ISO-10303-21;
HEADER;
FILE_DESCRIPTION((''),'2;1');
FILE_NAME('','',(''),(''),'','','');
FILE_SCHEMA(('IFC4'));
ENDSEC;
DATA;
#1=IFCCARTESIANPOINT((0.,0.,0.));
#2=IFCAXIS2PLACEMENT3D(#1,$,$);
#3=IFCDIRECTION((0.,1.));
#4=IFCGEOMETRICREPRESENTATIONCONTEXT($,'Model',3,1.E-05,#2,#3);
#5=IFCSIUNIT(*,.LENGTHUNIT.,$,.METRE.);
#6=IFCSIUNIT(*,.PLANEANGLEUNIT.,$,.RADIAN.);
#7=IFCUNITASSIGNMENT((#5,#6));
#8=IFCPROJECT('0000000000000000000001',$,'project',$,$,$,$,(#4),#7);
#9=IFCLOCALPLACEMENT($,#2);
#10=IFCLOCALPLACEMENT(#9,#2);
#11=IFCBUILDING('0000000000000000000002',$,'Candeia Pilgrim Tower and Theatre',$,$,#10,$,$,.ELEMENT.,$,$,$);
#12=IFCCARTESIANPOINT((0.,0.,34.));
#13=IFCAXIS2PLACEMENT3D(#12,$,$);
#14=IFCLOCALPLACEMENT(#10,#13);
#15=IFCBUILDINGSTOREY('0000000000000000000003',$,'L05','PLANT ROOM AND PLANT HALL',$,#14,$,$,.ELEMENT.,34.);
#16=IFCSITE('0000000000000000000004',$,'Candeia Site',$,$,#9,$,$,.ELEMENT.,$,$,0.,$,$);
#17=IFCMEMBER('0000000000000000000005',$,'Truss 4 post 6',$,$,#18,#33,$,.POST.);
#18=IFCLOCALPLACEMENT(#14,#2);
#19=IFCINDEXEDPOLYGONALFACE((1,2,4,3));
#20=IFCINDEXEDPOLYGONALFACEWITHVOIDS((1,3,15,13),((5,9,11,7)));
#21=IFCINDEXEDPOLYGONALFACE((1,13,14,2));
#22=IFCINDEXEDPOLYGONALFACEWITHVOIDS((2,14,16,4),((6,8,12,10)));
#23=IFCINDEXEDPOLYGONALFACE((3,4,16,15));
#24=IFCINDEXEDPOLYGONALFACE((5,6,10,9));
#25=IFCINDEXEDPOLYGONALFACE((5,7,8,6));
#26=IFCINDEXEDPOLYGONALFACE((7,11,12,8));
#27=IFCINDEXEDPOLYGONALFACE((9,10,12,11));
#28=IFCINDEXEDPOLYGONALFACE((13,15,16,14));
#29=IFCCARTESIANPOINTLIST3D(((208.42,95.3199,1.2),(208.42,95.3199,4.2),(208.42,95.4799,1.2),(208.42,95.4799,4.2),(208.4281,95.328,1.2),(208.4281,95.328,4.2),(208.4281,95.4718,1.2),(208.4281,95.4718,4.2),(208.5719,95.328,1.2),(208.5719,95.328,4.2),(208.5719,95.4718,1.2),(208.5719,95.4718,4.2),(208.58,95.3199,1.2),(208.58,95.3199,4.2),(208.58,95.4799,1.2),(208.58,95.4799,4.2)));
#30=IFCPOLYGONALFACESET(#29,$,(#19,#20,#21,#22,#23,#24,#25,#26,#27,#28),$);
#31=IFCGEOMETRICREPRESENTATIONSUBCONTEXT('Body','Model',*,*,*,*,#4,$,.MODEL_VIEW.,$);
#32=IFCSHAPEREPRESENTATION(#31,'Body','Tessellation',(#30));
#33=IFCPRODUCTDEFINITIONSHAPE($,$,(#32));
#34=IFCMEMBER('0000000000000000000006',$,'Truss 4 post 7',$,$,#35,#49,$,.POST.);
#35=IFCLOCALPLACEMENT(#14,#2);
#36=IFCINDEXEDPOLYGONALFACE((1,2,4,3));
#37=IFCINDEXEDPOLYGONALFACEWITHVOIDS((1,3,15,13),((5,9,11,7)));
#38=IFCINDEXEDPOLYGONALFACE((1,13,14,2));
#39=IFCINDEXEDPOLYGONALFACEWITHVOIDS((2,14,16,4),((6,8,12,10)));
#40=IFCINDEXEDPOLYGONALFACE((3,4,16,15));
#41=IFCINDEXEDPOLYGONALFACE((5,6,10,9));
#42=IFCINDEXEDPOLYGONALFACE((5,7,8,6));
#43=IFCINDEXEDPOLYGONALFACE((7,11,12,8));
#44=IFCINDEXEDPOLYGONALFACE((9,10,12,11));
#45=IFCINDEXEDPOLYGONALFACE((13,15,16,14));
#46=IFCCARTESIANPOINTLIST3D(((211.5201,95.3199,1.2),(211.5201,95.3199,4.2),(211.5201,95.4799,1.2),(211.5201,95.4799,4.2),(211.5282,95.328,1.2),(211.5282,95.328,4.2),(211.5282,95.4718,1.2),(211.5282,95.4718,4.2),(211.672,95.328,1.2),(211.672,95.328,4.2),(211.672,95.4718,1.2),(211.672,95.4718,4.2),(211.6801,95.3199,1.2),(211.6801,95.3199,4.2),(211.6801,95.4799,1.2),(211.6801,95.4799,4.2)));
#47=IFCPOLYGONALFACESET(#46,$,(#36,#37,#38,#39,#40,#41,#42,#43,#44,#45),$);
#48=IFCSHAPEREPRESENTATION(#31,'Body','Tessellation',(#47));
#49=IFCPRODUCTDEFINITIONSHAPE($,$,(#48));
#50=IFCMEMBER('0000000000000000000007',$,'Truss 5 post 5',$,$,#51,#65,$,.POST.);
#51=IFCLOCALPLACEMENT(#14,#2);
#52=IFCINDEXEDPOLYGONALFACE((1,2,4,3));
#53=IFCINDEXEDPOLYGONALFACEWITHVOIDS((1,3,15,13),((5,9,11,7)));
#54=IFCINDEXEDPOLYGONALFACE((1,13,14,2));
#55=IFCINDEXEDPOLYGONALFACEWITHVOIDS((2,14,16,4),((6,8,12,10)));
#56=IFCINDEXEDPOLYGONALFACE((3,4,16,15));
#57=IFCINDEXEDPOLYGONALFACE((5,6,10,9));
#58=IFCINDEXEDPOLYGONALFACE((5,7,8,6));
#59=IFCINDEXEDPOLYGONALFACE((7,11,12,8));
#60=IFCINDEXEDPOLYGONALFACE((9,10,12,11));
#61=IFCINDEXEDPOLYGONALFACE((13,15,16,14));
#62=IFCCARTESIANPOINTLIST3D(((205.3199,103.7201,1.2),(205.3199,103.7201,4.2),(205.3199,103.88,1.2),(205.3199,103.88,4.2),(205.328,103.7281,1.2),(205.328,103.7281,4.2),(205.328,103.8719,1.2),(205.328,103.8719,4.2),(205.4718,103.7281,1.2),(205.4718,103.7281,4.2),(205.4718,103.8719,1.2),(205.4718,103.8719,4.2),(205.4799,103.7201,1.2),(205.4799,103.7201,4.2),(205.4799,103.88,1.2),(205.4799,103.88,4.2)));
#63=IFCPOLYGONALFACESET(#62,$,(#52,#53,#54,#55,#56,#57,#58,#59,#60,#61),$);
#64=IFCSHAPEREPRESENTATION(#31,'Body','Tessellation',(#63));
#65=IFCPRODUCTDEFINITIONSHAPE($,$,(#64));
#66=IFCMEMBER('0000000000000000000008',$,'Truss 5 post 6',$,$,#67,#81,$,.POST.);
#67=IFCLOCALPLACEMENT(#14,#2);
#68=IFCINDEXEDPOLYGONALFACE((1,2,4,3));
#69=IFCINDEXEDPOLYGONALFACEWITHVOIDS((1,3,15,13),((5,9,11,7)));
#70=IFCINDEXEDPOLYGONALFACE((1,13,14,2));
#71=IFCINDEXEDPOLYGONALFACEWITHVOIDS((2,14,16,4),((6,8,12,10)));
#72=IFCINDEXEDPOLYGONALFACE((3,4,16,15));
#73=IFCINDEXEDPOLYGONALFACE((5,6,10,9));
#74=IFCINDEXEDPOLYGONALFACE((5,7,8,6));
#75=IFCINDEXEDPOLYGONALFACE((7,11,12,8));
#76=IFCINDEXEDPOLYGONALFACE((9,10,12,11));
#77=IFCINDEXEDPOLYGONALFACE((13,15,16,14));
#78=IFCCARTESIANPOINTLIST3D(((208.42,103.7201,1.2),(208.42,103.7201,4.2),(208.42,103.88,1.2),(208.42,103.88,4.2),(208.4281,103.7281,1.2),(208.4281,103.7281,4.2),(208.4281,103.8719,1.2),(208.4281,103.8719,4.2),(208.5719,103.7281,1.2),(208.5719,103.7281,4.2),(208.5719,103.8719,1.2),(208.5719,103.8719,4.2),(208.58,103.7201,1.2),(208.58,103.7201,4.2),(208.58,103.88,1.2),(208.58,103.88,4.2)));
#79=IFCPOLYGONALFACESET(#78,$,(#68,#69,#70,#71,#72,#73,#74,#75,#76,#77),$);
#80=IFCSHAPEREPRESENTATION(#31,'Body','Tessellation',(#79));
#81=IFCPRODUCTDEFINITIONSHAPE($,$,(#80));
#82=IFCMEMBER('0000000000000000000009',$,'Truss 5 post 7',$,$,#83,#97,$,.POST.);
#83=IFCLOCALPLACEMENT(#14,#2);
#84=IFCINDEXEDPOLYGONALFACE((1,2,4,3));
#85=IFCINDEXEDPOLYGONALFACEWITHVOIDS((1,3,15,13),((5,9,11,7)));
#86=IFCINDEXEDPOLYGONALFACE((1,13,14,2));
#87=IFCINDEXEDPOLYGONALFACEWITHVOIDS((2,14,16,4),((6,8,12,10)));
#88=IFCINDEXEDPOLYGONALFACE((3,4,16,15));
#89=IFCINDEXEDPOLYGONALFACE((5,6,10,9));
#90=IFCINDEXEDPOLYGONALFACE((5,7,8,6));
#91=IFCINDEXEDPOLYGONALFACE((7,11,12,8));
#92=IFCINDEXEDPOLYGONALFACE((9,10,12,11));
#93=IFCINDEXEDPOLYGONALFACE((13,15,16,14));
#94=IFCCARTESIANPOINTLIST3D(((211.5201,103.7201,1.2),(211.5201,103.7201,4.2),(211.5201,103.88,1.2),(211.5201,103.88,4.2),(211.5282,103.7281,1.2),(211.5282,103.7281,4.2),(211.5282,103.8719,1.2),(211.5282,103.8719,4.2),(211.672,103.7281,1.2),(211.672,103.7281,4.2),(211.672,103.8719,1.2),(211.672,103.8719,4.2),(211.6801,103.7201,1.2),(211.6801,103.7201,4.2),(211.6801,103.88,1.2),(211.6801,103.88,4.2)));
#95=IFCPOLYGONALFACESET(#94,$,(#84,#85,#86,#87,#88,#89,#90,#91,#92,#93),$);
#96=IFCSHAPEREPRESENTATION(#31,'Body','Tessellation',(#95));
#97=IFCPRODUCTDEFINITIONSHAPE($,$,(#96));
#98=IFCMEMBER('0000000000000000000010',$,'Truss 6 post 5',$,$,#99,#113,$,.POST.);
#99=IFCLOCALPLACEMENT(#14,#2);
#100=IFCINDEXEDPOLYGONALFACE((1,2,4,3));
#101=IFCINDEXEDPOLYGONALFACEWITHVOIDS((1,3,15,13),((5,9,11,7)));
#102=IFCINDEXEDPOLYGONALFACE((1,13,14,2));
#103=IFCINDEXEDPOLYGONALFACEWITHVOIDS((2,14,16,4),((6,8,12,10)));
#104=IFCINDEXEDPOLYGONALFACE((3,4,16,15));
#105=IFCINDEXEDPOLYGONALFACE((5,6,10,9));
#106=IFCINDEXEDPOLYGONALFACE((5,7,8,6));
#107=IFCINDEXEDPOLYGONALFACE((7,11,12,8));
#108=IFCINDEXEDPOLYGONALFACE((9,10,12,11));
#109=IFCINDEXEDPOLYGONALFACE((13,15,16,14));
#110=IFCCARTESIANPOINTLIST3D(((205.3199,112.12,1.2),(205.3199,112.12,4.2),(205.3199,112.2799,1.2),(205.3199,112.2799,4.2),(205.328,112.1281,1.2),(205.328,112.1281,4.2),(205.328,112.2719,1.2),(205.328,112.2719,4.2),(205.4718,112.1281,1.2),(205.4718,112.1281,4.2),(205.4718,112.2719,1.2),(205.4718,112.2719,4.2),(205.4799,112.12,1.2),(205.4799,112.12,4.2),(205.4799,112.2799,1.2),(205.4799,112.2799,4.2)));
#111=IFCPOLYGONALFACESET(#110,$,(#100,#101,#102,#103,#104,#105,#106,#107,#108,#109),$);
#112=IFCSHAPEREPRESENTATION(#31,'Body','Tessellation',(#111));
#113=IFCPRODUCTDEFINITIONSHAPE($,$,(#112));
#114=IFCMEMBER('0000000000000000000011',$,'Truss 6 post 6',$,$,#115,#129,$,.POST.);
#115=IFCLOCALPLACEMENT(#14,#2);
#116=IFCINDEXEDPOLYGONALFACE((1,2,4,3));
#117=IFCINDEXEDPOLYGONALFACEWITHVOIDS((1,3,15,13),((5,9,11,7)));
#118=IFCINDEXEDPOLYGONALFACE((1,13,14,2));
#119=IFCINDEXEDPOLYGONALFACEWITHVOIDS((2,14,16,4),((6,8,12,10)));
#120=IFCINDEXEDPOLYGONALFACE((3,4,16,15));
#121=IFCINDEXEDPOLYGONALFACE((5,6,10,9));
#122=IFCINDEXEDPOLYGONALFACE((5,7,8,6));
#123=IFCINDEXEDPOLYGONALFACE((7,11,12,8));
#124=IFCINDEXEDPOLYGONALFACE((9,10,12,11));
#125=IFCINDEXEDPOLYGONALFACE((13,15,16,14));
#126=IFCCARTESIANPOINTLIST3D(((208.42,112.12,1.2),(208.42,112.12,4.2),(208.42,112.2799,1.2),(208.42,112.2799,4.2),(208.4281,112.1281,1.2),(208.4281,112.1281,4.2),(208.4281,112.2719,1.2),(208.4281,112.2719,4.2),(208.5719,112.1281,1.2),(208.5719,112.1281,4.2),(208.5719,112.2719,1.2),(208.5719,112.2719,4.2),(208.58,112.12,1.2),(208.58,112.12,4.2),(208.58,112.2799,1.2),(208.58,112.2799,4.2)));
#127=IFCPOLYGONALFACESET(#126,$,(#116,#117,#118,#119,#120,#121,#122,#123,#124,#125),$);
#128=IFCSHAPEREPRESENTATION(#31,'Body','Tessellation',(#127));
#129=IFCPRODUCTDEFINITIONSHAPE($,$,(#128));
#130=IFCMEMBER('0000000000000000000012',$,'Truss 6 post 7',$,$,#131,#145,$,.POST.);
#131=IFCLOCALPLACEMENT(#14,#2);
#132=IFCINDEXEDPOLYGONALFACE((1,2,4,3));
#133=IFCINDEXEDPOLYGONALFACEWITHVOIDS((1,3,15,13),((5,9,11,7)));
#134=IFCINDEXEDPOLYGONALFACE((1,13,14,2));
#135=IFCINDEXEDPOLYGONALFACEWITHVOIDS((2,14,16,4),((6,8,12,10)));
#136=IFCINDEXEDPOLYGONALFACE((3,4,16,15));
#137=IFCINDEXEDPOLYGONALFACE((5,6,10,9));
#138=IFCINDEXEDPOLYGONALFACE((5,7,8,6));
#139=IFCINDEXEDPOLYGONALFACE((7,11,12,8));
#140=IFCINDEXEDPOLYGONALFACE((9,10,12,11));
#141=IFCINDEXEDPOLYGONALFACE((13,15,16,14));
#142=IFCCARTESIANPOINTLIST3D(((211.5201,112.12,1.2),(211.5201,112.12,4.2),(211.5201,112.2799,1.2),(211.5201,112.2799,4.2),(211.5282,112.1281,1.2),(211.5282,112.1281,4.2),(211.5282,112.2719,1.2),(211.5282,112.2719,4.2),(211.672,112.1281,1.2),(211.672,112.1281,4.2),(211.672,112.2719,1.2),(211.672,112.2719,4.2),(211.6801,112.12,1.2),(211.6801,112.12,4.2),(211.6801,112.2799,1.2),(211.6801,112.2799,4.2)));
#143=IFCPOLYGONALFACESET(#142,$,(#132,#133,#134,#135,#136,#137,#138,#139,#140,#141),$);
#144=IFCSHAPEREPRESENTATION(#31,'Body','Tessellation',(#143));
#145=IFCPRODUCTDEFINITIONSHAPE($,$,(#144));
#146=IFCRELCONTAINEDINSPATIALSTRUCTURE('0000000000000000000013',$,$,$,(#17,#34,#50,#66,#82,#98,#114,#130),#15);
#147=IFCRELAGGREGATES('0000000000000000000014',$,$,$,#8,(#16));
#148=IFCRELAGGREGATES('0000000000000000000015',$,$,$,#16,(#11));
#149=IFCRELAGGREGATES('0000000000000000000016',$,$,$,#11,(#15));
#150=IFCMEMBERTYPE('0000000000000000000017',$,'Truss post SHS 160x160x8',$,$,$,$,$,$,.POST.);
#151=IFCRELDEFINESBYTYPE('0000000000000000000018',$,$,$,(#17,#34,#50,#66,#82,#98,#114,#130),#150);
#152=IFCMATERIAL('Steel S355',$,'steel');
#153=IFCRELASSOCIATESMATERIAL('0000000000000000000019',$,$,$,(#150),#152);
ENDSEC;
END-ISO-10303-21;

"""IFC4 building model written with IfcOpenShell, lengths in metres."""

from ifc_helpers import new_model, si_unit, direction, frame, origin, origin_2d, place, context, subcontext, project, spatial, hollow_rectangle, extrude, material, material_profile, profile_set, type_object, element, save


model = new_model("IFC4")

# Units and contexts
model_context = context("Model", 3, precision=1e-05, world=origin(), true_north=direction((0.0, 1.0)))
body_context = subcontext(model_context, "Body", "Model", "MODEL_VIEW")
ifc_project = project(units=[si_unit("LENGTHUNIT", "METRE"), si_unit("PLANEANGLEUNIT", "RADIAN")], contexts=[model_context])

# Site, building, storey
site_placement = place(None, origin())
site = spatial("IfcSite", under=ifc_project, at=site_placement, Name="Candeia Site", CompositionType="ELEMENT", RefElevation=0.0)
building_placement = place(site_placement, origin())
building = spatial("IfcBuilding", under=site, at=building_placement, Name="Candeia Pilgrim Tower and Theatre", CompositionType="ELEMENT")
storey_placement = place(building_placement, frame((0.0, 0.0, 34.0)))
storey = spatial("IfcBuildingStorey", under=building, at=storey_placement, Name="L05", Description="PLANT ROOM AND PLANT HALL", CompositionType="ELEMENT", Elevation=34.0)

# Members
ifc_material = material(Name="Steel S355", Category="steel")
ifc_material_profile_1 = material_profile(ifc_material, hollow_rectangle(XDim=0.1599, YDim=0.1599, WallThickness=0.0081, at=origin_2d()))
ifc_profile_set_1 = profile_set([ifc_material_profile_1], Name="Steel S355")
member_type_1 = type_object("IfcMemberType", Name="Truss post SHS 160x160x8", PredefinedType="POST", material=ifc_profile_set_1)
for number, where, z_axis, x_axis, name in (
    (1, (208.5, 95.3999, 1.2), (0.0, 0.0, 1.0), (1.0, 0.0, 0.0), "Truss 4 post 6"),
    (2, (211.6001, 95.3999, 1.2), (0.0, 0.0, 1.0), (1.0, 0.0, 0.0), "Truss 4 post 7"),
    (3, (205.3999, 103.8, 1.2), (0.0, 0.0, 1.0), (1.0, 0.0, 0.0), "Truss 5 post 5"),
    (4, (208.5, 103.8, 1.2), (0.0, 0.0, 1.0), (1.0, 0.0, 0.0), "Truss 5 post 6"),
    (5, (211.6001, 103.8, 1.2), (0.0, 0.0, 1.0), (1.0, 0.0, 0.0), "Truss 5 post 7"),
    (6, (205.3999, 112.2, 1.2), (0.0, 0.0, 1.0), (1.0, 0.0, 0.0), "Truss 6 post 5"),
    (7, (208.5, 112.2, 1.2), (0.0, 0.0, 1.0), (1.0, 0.0, 0.0), "Truss 6 post 6"),
    (8, (211.6001, 112.2, 1.2), (0.0, 0.0, 1.0), (1.0, 0.0, 0.0), "Truss 6 post 7"),
):
    element("IfcMember", number, at=place(storey_placement, frame(where, z_axis=z_axis, x_axis=x_axis)), inside=storey, type_object=member_type_1, Name=name, PredefinedType="POST", context=body_context, shape_type="SweptSolid", body=[
        extrude(hollow_rectangle(XDim=0.1599, YDim=0.1599, WallThickness=0.0081, at=origin_2d()), origin(), (0.0, 0.0, 1.0), 3.0),
    ])

save(model, "model.ifc")
